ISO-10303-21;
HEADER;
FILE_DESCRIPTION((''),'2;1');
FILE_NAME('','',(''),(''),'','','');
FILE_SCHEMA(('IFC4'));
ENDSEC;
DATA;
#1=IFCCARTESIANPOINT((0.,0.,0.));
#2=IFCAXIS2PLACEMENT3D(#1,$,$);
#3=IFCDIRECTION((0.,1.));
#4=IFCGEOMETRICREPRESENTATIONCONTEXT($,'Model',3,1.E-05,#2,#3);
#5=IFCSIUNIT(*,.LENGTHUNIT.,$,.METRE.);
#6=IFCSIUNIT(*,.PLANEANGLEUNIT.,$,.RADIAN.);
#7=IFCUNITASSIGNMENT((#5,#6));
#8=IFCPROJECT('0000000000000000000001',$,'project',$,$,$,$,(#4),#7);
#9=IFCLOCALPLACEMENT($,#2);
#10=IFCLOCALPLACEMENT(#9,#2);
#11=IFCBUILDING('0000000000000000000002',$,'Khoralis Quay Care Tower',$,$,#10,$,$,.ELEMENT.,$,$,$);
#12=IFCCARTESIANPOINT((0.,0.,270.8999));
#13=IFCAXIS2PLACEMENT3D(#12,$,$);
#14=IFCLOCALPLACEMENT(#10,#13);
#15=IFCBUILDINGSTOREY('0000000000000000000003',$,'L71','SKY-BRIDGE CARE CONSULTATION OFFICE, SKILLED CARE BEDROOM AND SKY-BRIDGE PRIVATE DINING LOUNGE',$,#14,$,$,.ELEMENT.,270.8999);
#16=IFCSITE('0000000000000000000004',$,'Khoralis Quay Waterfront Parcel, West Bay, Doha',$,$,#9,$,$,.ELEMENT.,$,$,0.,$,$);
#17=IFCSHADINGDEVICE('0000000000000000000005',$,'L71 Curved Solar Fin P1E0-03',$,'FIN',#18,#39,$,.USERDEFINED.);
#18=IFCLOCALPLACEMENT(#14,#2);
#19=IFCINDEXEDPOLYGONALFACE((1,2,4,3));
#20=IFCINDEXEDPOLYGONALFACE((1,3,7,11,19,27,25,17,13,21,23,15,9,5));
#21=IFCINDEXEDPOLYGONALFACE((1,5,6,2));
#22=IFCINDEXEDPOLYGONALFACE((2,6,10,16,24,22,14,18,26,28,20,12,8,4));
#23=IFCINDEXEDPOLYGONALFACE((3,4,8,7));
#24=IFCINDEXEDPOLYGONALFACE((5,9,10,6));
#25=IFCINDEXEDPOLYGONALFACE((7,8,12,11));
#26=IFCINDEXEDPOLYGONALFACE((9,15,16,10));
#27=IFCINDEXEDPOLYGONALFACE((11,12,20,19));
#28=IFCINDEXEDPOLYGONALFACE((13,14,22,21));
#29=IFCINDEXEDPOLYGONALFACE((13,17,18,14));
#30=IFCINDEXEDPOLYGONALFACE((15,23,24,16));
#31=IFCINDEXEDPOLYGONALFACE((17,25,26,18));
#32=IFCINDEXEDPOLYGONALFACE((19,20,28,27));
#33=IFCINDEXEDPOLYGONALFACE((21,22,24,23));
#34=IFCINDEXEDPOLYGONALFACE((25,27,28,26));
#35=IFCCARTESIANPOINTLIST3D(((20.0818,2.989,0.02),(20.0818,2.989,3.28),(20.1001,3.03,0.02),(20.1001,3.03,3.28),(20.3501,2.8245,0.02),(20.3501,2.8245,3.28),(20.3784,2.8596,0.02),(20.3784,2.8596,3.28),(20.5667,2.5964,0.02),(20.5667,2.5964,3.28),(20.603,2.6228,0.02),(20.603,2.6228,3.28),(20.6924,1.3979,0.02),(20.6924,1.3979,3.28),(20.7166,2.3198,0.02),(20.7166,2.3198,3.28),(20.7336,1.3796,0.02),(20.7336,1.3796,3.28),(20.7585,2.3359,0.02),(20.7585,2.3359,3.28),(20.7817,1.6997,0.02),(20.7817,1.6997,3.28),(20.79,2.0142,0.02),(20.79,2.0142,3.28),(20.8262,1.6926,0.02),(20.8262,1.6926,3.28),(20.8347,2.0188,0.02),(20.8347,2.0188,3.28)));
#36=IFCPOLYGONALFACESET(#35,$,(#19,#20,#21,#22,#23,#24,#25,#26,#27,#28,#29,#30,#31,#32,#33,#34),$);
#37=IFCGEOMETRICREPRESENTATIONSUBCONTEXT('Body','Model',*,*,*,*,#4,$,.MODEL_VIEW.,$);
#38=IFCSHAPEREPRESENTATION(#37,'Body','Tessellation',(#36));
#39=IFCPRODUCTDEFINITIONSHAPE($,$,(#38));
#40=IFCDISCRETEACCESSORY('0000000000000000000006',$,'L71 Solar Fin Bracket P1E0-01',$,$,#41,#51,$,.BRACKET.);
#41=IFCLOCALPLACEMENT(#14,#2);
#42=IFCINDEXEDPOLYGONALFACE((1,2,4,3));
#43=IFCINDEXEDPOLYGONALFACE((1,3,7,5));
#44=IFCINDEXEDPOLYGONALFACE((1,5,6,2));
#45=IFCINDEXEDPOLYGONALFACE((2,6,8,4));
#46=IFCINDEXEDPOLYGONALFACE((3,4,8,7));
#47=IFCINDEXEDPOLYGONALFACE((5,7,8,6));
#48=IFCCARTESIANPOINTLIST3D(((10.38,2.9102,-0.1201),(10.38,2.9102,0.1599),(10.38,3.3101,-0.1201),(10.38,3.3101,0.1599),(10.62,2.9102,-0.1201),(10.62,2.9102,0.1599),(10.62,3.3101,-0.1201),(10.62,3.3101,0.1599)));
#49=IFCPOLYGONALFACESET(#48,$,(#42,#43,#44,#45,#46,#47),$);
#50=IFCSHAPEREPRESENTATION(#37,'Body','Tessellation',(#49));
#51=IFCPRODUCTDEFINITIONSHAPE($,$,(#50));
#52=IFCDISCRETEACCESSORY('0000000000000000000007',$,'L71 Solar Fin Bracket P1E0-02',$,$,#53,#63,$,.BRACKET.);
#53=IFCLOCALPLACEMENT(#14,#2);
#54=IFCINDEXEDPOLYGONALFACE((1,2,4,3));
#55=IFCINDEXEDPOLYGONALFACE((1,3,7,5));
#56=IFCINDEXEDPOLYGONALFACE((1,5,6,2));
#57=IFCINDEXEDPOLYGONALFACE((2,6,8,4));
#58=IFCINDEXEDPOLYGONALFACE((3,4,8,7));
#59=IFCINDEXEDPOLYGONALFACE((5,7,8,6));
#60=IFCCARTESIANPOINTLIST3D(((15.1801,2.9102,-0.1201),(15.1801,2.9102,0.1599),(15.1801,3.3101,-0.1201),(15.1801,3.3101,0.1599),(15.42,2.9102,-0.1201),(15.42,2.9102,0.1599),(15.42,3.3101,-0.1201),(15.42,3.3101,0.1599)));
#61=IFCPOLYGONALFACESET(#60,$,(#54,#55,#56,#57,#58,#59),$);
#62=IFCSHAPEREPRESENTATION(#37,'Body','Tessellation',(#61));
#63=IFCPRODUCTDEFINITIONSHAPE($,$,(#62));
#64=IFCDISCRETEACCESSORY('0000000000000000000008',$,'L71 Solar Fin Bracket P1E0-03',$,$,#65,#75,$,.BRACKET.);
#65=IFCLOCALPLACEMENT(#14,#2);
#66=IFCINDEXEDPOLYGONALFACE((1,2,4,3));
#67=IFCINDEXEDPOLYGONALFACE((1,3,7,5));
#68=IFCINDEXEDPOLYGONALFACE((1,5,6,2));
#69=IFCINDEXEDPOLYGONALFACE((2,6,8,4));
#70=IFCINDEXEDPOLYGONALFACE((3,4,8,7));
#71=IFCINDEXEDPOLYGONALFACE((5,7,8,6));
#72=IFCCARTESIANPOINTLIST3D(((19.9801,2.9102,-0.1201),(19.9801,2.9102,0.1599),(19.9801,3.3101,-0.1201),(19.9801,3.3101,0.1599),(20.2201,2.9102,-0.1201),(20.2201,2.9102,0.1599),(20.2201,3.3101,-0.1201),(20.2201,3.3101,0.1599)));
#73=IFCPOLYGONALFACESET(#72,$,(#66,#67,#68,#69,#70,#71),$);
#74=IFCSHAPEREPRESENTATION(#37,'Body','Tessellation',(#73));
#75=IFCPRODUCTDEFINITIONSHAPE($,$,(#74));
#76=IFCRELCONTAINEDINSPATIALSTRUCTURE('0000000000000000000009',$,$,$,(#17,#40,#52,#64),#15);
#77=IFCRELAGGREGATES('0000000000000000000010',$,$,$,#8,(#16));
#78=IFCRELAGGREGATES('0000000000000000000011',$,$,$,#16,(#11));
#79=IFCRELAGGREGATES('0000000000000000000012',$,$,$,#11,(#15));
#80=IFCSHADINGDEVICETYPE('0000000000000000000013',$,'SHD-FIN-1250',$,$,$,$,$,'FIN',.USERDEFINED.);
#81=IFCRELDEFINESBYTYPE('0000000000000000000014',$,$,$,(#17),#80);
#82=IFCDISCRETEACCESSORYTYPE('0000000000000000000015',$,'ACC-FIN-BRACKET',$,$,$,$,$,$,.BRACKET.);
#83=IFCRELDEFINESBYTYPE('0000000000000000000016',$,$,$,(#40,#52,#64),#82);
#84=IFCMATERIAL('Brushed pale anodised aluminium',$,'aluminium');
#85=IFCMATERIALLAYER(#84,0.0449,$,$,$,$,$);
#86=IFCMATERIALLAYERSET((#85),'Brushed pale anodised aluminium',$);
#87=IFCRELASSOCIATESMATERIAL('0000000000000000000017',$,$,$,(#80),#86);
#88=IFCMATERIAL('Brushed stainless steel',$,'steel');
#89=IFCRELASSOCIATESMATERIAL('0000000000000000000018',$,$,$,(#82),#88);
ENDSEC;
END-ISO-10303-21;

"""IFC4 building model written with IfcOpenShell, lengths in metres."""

from ifc_helpers import new_model, si_unit, direction, frame, origin, origin_2d, place, context, subcontext, project, spatial, polyline, rectangle, outline, extrude, source, transform, mapped, material, layer, layer_set, type_object, element, save


model = new_model("IFC4")

# Units and contexts
model_context = context("Model", 3, precision=1e-05, world=origin(), true_north=direction((0.0, 1.0)))
body_context = subcontext(model_context, "Body", "Model", "MODEL_VIEW")
ifc_project = project(units=[si_unit("LENGTHUNIT", "METRE"), si_unit("PLANEANGLEUNIT", "RADIAN")], contexts=[model_context])

# Site, building, storey
site_placement = place(None, origin())
site = spatial("IfcSite", under=ifc_project, at=site_placement, Name="Khoralis Quay Waterfront Parcel, West Bay, Doha", CompositionType="ELEMENT", RefElevation=0.0)
building_placement = place(site_placement, origin())
building = spatial("IfcBuilding", under=site, at=building_placement, Name="Khoralis Quay Care Tower", CompositionType="ELEMENT")
storey_placement = place(building_placement, frame((0.0, 0.0, 270.8999)))
storey = spatial("IfcBuildingStorey", under=building, at=storey_placement, Name="L71", Description="SKY-BRIDGE CARE CONSULTATION OFFICE, SKILLED CARE BEDROOM AND SKY-BRIDGE PRIVATE DINING LOUNGE", CompositionType="ELEMENT", Elevation=270.8999)

# Shading device
ifc_material_1 = material(Name="Brushed pale anodised aluminium", Category="aluminium")
ifc_layer_1 = layer(ifc_material_1, 0.0449)
ifc_layer_set_1 = layer_set([ifc_layer_1], Name="Brushed pale anodised aluminium")
shading_device_type = type_object("IfcShadingDeviceType", Name="SHD-FIN-1250", ElementType="FIN", PredefinedType="USERDEFINED", material=ifc_layer_set_1)
shared_shape_1 = source(origin(), body_context, "Body", "SweptSolid", [
    extrude(outline(polyline([(0.0, 0.0), (0.1704, 0.2783), (0.4072, 0.5029), (0.6941, 0.6584), (1.0112, 0.7346), (1.3374, 0.7261), (1.6504, 0.6335), (1.6321, 0.5923), (1.3303, 0.6816), (1.0159, 0.6899), (0.7102, 0.6165), (0.4336, 0.4666), (0.2056, 0.25), (0.041, -0.0183), (0.0, 0.0)])), origin(), (0.0, 0.0, 1.0), 3.26),
])
for number, where, z_axis, x_axis, name in (
    (1, (20.1001, 3.03, 0.02), (0.0, 0.0, 1.0), (0.0, -1.0, 0.0), "L71 Curved Solar Fin P1E0-03"),
):
    element("IfcShadingDevice", number, at=place(storey_placement, frame(where, z_axis=z_axis, x_axis=x_axis)), inside=storey, type_object=shading_device_type, Name=name, ObjectType="FIN", PredefinedType="USERDEFINED", context=body_context, shape_type="MappedRepresentation", body=[
        mapped(shared_shape_1, transform((0.0, 0.0, 0.0), scale=1.0)),
    ])

# Discrete accessories
ifc_material_2 = material(Name="Brushed stainless steel", Category="steel")
discrete_accessory_type = type_object("IfcDiscreteAccessoryType", Name="ACC-FIN-BRACKET", PredefinedType="BRACKET", material=ifc_material_2)
shared_shape_2 = source(origin(), body_context, "Body", "SweptSolid", [
    extrude(rectangle(XDim=0.3999, YDim=0.24, at=origin_2d()), origin(), (0.0, 0.0, 1.0), 0.28),
])
for number, where, z_axis, x_axis, name in (
    (2, (10.5, 3.1101, -0.1201), (0.0, 0.0, 1.0), (0.0, -1.0, 0.0), "L71 Solar Fin Bracket P1E0-01"),
    (3, (15.3, 3.1101, -0.1201), (0.0, 0.0, 1.0), (0.0, -1.0, 0.0), "L71 Solar Fin Bracket P1E0-02"),
    (4, (20.1001, 3.1101, -0.1201), (0.0, 0.0, 1.0), (0.0, -1.0, 0.0), "L71 Solar Fin Bracket P1E0-03"),
):
    element("IfcDiscreteAccessory", number, at=place(storey_placement, frame(where, z_axis=z_axis, x_axis=x_axis)), inside=storey, type_object=discrete_accessory_type, Name=name, PredefinedType="BRACKET", context=body_context, shape_type="MappedRepresentation", body=[
        mapped(shared_shape_2, transform((0.0, 0.0, 0.0), scale=1.0)),
    ])

save(model, "model.ifc")
